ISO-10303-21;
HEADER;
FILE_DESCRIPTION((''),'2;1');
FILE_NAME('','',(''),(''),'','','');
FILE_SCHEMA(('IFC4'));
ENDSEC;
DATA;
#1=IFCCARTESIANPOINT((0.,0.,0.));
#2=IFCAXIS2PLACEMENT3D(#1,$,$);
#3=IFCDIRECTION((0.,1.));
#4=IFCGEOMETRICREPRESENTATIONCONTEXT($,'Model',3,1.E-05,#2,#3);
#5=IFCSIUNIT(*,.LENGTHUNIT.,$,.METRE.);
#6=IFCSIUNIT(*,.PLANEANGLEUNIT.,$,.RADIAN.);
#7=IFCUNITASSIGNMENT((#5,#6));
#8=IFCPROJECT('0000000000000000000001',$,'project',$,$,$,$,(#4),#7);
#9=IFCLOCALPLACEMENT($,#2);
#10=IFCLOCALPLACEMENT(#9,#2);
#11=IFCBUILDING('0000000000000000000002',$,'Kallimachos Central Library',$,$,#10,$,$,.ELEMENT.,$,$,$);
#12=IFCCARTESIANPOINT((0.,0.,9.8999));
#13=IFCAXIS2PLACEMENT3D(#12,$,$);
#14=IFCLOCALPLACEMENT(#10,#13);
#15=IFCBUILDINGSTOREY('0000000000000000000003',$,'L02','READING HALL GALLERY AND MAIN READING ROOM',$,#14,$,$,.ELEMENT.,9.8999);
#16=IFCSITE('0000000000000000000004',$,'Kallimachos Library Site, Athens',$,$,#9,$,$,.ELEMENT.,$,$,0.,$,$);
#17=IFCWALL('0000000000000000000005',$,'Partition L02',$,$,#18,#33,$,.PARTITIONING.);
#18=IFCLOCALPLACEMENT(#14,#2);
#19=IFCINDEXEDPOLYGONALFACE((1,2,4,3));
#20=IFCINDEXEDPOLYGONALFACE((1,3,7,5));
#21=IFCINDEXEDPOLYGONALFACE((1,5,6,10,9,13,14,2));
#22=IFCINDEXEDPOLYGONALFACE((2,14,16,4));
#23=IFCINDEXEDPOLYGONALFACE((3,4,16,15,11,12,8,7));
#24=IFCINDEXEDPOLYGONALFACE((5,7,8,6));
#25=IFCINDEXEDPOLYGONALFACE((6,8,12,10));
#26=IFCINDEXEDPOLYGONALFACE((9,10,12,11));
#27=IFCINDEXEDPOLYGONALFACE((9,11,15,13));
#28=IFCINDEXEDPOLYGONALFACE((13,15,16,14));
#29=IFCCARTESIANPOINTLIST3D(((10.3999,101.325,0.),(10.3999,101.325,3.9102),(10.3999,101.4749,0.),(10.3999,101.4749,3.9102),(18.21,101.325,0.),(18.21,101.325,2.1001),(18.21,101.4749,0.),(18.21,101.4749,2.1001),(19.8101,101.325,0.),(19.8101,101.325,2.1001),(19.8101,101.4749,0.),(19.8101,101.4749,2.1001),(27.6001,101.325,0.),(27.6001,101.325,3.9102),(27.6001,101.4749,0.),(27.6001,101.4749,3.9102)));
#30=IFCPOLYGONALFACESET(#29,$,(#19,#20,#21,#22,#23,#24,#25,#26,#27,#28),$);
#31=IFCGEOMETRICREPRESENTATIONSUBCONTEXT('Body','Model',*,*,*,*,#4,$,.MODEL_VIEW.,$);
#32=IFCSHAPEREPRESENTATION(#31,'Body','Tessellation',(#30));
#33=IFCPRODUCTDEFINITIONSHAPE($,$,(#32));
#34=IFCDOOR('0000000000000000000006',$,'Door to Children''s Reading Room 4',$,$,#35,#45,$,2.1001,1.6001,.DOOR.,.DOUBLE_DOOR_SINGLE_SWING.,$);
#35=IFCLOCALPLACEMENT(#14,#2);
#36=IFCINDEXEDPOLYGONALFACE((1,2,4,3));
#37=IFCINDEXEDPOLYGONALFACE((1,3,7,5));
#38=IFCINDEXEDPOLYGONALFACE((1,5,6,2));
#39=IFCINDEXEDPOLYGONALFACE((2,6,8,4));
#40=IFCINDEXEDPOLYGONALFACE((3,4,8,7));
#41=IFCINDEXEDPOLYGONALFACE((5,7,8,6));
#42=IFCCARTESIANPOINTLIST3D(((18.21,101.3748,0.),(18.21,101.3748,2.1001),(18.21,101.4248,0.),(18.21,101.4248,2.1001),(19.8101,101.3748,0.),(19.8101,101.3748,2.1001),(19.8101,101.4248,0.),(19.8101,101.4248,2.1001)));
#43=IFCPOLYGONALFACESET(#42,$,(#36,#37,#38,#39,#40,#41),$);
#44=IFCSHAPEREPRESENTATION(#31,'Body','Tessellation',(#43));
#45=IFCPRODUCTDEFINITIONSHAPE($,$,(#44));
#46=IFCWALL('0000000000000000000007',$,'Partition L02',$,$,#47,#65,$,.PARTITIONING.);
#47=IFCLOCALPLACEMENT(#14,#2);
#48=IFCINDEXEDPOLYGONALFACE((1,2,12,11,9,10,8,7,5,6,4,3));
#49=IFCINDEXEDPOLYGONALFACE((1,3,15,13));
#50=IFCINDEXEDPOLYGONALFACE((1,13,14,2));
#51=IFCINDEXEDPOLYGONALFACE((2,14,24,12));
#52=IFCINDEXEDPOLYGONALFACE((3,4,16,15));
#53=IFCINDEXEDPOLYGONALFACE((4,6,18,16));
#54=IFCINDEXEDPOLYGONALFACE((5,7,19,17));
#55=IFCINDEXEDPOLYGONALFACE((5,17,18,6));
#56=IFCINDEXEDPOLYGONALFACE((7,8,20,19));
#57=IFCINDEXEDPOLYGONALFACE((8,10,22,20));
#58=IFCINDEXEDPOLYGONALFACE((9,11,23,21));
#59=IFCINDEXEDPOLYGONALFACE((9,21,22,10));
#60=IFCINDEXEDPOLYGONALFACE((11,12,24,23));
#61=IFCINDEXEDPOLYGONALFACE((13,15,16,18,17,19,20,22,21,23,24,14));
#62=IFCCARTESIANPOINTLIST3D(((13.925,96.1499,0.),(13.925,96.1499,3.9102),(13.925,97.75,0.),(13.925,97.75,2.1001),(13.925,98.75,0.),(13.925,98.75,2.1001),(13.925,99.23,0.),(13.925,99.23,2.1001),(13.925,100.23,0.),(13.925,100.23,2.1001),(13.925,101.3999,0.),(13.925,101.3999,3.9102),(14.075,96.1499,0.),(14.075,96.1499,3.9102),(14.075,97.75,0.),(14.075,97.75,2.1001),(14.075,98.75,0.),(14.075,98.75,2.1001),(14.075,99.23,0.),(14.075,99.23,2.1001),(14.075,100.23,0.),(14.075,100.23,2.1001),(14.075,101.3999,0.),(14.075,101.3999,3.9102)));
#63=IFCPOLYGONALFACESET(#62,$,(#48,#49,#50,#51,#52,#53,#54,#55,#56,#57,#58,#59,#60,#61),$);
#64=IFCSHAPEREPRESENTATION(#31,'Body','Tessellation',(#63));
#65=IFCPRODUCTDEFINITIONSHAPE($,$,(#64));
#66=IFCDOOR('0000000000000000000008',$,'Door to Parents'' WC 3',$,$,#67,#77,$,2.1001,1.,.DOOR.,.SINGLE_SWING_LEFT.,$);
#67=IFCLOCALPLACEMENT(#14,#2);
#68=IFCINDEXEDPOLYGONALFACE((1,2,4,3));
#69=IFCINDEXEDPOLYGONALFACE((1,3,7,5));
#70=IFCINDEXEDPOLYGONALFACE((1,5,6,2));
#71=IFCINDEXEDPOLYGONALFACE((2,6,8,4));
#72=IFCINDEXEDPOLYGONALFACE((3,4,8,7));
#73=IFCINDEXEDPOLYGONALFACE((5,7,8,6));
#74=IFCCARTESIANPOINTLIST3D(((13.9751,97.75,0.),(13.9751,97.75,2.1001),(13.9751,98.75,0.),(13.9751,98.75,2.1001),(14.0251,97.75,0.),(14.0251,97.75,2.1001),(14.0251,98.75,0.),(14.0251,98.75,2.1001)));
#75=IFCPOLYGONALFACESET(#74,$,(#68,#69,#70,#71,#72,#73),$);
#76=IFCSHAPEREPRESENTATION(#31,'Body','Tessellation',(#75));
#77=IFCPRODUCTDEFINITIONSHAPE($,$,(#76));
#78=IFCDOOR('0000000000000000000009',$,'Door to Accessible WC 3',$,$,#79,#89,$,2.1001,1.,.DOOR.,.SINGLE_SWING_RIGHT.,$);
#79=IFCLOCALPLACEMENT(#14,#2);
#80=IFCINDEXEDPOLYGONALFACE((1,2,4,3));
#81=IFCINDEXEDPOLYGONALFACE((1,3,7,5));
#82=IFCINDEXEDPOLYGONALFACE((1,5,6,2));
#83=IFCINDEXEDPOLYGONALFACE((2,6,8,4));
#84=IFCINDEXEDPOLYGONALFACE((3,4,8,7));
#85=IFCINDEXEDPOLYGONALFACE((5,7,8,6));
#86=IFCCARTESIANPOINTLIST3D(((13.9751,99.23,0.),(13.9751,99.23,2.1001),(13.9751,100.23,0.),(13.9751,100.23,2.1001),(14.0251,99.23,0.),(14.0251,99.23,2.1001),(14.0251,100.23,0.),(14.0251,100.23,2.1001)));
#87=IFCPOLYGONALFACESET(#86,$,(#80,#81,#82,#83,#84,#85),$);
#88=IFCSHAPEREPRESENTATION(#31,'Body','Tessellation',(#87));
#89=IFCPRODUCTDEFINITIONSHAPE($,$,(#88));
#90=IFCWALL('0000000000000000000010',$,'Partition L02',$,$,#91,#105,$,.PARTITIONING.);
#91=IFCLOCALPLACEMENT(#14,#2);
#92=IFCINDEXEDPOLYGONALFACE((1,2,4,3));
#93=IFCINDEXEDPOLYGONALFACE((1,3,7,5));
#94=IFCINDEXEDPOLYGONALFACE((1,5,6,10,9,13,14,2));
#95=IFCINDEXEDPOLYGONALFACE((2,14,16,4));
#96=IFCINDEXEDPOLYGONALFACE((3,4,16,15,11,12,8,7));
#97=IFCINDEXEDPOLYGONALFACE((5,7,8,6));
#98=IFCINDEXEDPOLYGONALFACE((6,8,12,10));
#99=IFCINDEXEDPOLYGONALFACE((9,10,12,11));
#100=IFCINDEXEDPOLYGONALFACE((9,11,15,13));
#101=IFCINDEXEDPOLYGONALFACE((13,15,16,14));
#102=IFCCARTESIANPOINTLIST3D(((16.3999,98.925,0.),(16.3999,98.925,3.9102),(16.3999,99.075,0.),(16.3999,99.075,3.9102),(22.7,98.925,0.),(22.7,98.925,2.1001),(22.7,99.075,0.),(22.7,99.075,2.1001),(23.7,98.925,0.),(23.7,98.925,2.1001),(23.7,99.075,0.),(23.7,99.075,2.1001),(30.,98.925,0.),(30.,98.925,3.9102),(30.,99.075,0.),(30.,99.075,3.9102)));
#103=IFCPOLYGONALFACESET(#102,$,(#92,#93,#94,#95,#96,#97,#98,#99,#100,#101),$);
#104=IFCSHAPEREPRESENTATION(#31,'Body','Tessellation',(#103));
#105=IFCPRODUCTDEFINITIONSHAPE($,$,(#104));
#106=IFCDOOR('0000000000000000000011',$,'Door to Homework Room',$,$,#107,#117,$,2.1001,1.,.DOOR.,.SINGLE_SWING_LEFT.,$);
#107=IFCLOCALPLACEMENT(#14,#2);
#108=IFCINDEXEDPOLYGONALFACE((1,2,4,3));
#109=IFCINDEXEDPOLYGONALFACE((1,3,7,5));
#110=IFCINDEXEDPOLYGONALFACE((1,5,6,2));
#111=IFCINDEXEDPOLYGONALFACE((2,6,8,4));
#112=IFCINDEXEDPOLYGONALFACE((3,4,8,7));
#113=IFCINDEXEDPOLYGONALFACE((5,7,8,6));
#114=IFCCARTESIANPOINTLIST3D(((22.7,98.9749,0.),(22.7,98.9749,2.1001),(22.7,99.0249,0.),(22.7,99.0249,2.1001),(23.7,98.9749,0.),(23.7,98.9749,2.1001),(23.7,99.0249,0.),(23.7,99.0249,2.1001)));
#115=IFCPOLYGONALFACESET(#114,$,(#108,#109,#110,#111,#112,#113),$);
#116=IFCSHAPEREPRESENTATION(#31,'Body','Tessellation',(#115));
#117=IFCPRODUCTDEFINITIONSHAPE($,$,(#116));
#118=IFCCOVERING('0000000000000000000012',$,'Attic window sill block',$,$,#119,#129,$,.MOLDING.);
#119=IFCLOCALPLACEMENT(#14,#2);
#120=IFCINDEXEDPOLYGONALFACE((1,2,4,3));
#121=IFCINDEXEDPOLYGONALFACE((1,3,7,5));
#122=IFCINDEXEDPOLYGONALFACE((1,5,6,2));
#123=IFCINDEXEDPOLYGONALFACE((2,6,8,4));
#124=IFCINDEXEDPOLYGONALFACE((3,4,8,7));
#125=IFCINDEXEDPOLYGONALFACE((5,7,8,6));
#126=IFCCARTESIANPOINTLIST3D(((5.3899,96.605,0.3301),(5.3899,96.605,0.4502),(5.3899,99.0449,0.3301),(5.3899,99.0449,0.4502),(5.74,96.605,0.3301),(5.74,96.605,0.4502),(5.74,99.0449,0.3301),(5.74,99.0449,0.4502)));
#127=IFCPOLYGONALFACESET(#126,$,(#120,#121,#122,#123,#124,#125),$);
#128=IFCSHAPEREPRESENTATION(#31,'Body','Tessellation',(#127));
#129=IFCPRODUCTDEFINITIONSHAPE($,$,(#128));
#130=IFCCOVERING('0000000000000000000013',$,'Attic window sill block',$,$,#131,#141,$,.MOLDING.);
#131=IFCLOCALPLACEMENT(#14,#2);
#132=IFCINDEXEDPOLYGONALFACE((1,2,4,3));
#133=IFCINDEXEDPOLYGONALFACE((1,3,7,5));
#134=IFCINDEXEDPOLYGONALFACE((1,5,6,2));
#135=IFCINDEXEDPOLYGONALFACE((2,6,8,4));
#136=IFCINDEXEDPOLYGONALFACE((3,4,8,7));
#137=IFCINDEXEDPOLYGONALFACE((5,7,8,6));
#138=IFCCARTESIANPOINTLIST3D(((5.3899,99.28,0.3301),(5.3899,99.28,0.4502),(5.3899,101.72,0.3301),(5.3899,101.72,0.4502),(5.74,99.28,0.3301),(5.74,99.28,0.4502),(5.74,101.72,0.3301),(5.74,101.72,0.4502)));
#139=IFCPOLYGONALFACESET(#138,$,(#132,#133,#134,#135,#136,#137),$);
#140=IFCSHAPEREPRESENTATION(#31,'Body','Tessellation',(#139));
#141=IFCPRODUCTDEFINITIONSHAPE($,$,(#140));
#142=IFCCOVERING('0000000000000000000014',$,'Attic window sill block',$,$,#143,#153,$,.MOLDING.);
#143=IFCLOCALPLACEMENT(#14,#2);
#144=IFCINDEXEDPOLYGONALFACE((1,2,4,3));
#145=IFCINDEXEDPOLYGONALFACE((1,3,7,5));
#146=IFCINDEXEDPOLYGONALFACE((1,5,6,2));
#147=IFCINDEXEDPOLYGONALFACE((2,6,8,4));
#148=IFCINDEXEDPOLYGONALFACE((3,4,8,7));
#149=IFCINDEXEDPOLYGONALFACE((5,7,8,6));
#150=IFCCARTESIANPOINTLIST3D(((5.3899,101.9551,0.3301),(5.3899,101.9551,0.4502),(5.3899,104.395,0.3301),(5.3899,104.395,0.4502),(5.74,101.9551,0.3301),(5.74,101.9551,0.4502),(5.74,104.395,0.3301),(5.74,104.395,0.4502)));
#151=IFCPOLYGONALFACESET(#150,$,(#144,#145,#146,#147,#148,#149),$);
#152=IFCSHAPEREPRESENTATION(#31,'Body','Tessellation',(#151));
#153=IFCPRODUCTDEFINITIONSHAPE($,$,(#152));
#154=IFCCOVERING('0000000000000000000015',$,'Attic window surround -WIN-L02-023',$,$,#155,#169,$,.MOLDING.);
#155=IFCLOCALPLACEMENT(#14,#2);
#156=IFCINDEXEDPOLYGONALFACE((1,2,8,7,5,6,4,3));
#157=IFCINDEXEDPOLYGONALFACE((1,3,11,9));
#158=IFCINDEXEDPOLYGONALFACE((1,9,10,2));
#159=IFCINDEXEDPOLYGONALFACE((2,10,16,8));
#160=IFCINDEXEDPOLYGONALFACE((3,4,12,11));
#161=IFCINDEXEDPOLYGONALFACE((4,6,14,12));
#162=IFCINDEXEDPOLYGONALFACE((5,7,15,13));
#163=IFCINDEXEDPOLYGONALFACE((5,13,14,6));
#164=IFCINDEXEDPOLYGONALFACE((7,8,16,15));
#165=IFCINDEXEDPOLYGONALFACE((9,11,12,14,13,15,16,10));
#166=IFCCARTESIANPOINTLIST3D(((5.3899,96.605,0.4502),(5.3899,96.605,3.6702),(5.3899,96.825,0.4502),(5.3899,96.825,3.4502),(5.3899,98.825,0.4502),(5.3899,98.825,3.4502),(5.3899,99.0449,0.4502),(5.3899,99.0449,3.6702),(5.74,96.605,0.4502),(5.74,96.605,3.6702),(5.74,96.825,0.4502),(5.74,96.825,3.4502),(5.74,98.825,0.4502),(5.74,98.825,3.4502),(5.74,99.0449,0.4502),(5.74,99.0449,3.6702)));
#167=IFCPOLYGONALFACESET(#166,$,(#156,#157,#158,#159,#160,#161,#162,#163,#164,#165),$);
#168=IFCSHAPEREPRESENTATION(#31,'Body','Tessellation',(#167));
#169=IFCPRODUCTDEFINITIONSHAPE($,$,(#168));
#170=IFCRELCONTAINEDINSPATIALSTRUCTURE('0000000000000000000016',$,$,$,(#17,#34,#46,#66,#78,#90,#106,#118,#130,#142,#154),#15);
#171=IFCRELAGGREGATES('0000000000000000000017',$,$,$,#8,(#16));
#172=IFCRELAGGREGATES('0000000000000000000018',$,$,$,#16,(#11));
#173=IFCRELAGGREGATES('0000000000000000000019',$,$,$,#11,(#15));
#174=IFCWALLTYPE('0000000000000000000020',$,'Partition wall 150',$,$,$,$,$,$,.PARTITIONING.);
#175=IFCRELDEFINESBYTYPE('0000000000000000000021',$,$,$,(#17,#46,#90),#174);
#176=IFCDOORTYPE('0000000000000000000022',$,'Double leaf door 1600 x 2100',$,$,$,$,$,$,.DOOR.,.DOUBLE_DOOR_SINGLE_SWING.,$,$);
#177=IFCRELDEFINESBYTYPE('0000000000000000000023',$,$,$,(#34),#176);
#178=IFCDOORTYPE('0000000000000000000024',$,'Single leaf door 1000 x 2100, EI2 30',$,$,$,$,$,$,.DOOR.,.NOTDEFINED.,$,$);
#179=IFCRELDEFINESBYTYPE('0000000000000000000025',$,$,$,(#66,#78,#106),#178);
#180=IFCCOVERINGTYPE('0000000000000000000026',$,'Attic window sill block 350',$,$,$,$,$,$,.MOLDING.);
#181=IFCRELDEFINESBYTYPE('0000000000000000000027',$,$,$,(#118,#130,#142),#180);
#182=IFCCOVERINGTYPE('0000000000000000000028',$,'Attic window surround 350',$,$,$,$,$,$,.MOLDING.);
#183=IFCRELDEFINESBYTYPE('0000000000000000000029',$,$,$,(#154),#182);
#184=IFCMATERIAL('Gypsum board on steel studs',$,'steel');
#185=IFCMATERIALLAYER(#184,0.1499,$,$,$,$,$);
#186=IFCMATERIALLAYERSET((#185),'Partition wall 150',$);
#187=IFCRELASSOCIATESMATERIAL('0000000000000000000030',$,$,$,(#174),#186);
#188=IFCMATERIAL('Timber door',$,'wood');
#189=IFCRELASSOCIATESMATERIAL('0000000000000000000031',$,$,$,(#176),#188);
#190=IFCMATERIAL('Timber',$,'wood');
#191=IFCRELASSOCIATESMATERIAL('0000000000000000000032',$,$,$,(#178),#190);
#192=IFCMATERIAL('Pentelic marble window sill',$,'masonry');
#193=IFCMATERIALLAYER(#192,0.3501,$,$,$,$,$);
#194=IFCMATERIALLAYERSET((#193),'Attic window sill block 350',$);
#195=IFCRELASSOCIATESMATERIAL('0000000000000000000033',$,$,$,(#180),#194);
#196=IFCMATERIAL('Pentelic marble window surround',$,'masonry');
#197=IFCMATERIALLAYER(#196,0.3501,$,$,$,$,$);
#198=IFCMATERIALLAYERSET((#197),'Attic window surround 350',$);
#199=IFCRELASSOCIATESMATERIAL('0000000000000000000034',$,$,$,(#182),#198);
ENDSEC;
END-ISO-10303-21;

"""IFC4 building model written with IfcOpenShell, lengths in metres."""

from ifc_helpers import new_model, si_unit, direction, frame, frame_2d, origin, origin_2d, place, context, subcontext, project, spatial, polyline, rectangle, outline, extrude, material, layer, layer_set, type_object, element, fill, save


model = new_model("IFC4")

# Units and contexts
model_context = context("Model", 3, precision=1e-05, world=origin(), true_north=direction((0.0, 1.0)))
body_context = subcontext(model_context, "Body", "Model", "MODEL_VIEW")
ifc_project = project(units=[si_unit("LENGTHUNIT", "METRE"), si_unit("PLANEANGLEUNIT", "RADIAN")], contexts=[model_context])

# Site, building, storey
site_placement = place(None, origin())
site = spatial("IfcSite", under=ifc_project, at=site_placement, Name="Kallimachos Library Site, Athens", CompositionType="ELEMENT", RefElevation=0.0)
building_placement = place(site_placement, origin())
building = spatial("IfcBuilding", under=site, at=building_placement, Name="Kallimachos Central Library", CompositionType="ELEMENT")
storey_placement = place(building_placement, frame((0.0, 0.0, 9.8999)))
storey = spatial("IfcBuildingStorey", under=building, at=storey_placement, Name="L02", Description="READING HALL GALLERY AND MAIN READING ROOM", CompositionType="ELEMENT", Elevation=9.8999)

# Shared definitions
ifc_material_1 = material(Name="Gypsum board on steel studs", Category="steel")
ifc_layer_1 = layer(ifc_material_1, 0.1499)
ifc_layer_set_1 = layer_set([ifc_layer_1], Name="Partition wall 150")
wall_type = type_object("IfcWallType", Name="Partition wall 150", PredefinedType="PARTITIONING", material=ifc_layer_set_1)

# Wall, opening, door
wall_1_placement = place(storey_placement, frame((10.3999, 101.3999, 0.0), z_axis=(0.0, 0.0, 1.0), x_axis=(1.0, 0.0, 0.0)))
wall_1 = element("IfcWall", 1, at=wall_1_placement, inside=storey, type_object=wall_type, Name="Partition L02", PredefinedType="PARTITIONING", context=body_context, shape_type="SweptSolid", body=[
    extrude(rectangle(XDim=17.2002, YDim=0.1499, at=frame_2d((8.6001, 0.0))), origin(), (0.0, 0.0, 1.0), 3.9102),
])
opening_1_placement = place(wall_1_placement, frame((7.8101, 0.0, 0.0)))
opening_1 = element("IfcOpeningElement", 2, at=opening_1_placement, cuts=wall_1, PredefinedType="OPENING", context=body_context, shape_type="SweptSolid", body=[
    extrude(rectangle(XDim=1.6001, YDim=2.1001, at=frame_2d((0.8, 1.05))), frame((0.0, 0.085, 0.0), z_axis=(0.0, -1.0, 0.0), x_axis=(1.0, 0.0, 0.0)), (0.0, 0.0, 1.0), 0.1699),
])
ifc_material_2 = material(Name="Timber door", Category="wood")
door_type_1 = type_object("IfcDoorType", Name="Double leaf door 1600 x 2100", OperationType="DOUBLE_DOOR_SINGLE_SWING", PredefinedType="DOOR", material=ifc_material_2)
door_1_placement = place(opening_1_placement, origin())
door_1 = element("IfcDoor", 3, at=door_1_placement, inside=storey, type_object=door_type_1, Name="Door to Children's Reading Room 4", OperationType="DOUBLE_DOOR_SINGLE_SWING", OverallHeight=2.1001, OverallWidth=1.6001, PredefinedType="DOOR", context=body_context, shape_type="SweptSolid", body=[
    extrude(rectangle(XDim=1.6001, YDim=2.1001, at=frame_2d((0.8, 1.05))), frame((0.0, 0.0249, 0.0), z_axis=(0.0, -1.0, 0.0), x_axis=(1.0, 0.0, 0.0)), (0.0, 0.0, 1.0), 0.05),
])
fill(opening_1, door_1)

# Wall, openings, doors
wall_2_placement = place(storey_placement, frame((14.0, 96.1499, 0.0), z_axis=(0.0, 0.0, 1.0), x_axis=(0.0, 1.0, 0.0)))
wall_2 = element("IfcWall", 4, at=wall_2_placement, inside=storey, type_object=wall_type, Name="Partition L02", PredefinedType="PARTITIONING", context=body_context, shape_type="SweptSolid", body=[
    extrude(rectangle(XDim=5.25, YDim=0.1499, at=frame_2d((2.625, 0.0))), origin(), (0.0, 0.0, 1.0), 3.9102),
])
opening_2_placement = place(wall_2_placement, frame((1.6001, 0.0, 0.0)))
opening_2 = element("IfcOpeningElement", 5, at=opening_2_placement, cuts=wall_2, PredefinedType="OPENING", context=body_context, shape_type="SweptSolid", body=[
    extrude(rectangle(XDim=1.0, YDim=2.1001, at=frame_2d((0.5, 1.05))), frame((0.0, 0.085, 0.0), z_axis=(0.0, -1.0, 0.0), x_axis=(1.0, 0.0, 0.0)), (0.0, 0.0, 1.0), 0.1699),
])
opening_3_placement = place(wall_2_placement, frame((3.0801, 0.0, 0.0)))
opening_3 = element("IfcOpeningElement", 6, at=opening_3_placement, cuts=wall_2, PredefinedType="OPENING", context=body_context, shape_type="SweptSolid", body=[
    extrude(rectangle(XDim=1.0, YDim=2.1001, at=frame_2d((0.5, 1.05))), frame((0.0, 0.085, 0.0), z_axis=(0.0, -1.0, 0.0), x_axis=(1.0, 0.0, 0.0)), (0.0, 0.0, 1.0), 0.1699),
])
ifc_material_3 = material(Name="Timber", Category="wood")
door_type_2 = type_object("IfcDoorType", Name="Single leaf door 1000 x 2100, EI2 30", OperationType="NOTDEFINED", PredefinedType="DOOR", material=ifc_material_3)
door_2_placement = place(opening_2_placement, origin())
door_2 = element("IfcDoor", 7, at=door_2_placement, inside=storey, type_object=door_type_2, Name="Door to Parents' WC 3", OperationType="SINGLE_SWING_LEFT", OverallHeight=2.1001, OverallWidth=1.0, PredefinedType="DOOR", context=body_context, shape_type="SweptSolid", body=[
    extrude(rectangle(XDim=1.0, YDim=2.1001, at=frame_2d((0.5, 1.05))), frame((0.0, 0.0249, 0.0), z_axis=(0.0, -1.0, 0.0), x_axis=(1.0, 0.0, 0.0)), (0.0, 0.0, 1.0), 0.05),
])
fill(opening_2, door_2)
door_3_placement = place(opening_3_placement, origin())
door_3 = element("IfcDoor", 8, at=door_3_placement, inside=storey, type_object=door_type_2, Name="Door to Accessible WC 3", OperationType="SINGLE_SWING_RIGHT", OverallHeight=2.1001, OverallWidth=1.0, PredefinedType="DOOR", context=body_context, shape_type="SweptSolid", body=[
    extrude(rectangle(XDim=1.0, YDim=2.1001, at=frame_2d((0.5, 1.05))), frame((0.0, 0.0249, 0.0), z_axis=(0.0, -1.0, 0.0), x_axis=(1.0, 0.0, 0.0)), (0.0, 0.0, 1.0), 0.05),
])
fill(opening_3, door_3)

# Wall, opening, door
wall_3_placement = place(storey_placement, frame((16.3999, 99.0, 0.0), z_axis=(0.0, 0.0, 1.0), x_axis=(1.0, 0.0, 0.0)))
wall_3 = element("IfcWall", 9, at=wall_3_placement, inside=storey, type_object=wall_type, Name="Partition L02", PredefinedType="PARTITIONING", context=body_context, shape_type="SweptSolid", body=[
    extrude(rectangle(XDim=13.6001, YDim=0.1499, at=frame_2d((6.8, 0.0))), origin(), (0.0, 0.0, 1.0), 3.9102),
])
opening_4_placement = place(wall_3_placement, frame((6.3, 0.0, 0.0)))
opening_4 = element("IfcOpeningElement", 10, at=opening_4_placement, cuts=wall_3, PredefinedType="OPENING", context=body_context, shape_type="SweptSolid", body=[
    extrude(rectangle(XDim=1.0, YDim=2.1001, at=frame_2d((0.5, 1.05))), frame((0.0, 0.085, 0.0), z_axis=(0.0, -1.0, 0.0), x_axis=(1.0, 0.0, 0.0)), (0.0, 0.0, 1.0), 0.1699),
])
door_4_placement = place(opening_4_placement, origin())
door_4 = element("IfcDoor", 11, at=door_4_placement, inside=storey, type_object=door_type_2, Name="Door to Homework Room", OperationType="SINGLE_SWING_LEFT", OverallHeight=2.1001, OverallWidth=1.0, PredefinedType="DOOR", context=body_context, shape_type="SweptSolid", body=[
    extrude(rectangle(XDim=1.0, YDim=2.1001, at=frame_2d((0.5, 1.05))), frame((0.0, 0.0249, 0.0), z_axis=(0.0, -1.0, 0.0), x_axis=(1.0, 0.0, 0.0)), (0.0, 0.0, 1.0), 0.05),
])
fill(opening_4, door_4)

# Coverings
ifc_material_4 = material(Name="Pentelic marble window sill", Category="masonry")
ifc_layer_2 = layer(ifc_material_4, 0.3501)
ifc_layer_set_2 = layer_set([ifc_layer_2], Name="Attic window sill block 350")
covering_type_1 = type_object("IfcCoveringType", Name="Attic window sill block 350", PredefinedType="MOLDING", material=ifc_layer_set_2)
for number, where, z_axis, x_axis, name in (
    (12, (5.5649, 97.825, 0.3301), (0.0, 0.0, 1.0), (1.0, 0.0, 0.0), "Attic window sill block"),
    (13, (5.5649, 100.5, 0.3301), (0.0, 0.0, 1.0), (1.0, 0.0, 0.0), "Attic window sill block"),
    (14, (5.5649, 103.175, 0.3301), (0.0, 0.0, 1.0), (1.0, 0.0, 0.0), "Attic window sill block"),
):
    element("IfcCovering", number, at=place(storey_placement, frame(where, z_axis=z_axis, x_axis=x_axis)), inside=storey, type_object=covering_type_1, Name=name, PredefinedType="MOLDING", context=body_context, shape_type="SweptSolid", body=[
        extrude(rectangle(XDim=0.3501, YDim=2.4399, at=origin_2d()), origin(), (0.0, 0.0, 1.0), 0.1201),
    ])
ifc_material_5 = material(Name="Pentelic marble window surround", Category="masonry")
ifc_layer_3 = layer(ifc_material_5, 0.3501)
ifc_layer_set_3 = layer_set([ifc_layer_3], Name="Attic window surround 350")
covering_type_2 = type_object("IfcCoveringType", Name="Attic window surround 350", PredefinedType="MOLDING", material=ifc_layer_set_3)
for number, where, z_axis, x_axis, name in (
    (15, (5.3899, 96.605, 0.4502), (-1.0, 0.0, 0.0), (0.0, 0.0, 1.0), "Attic window surround -WIN-L02-023"),
):
    element("IfcCovering", number, at=place(storey_placement, frame(where, z_axis=z_axis, x_axis=x_axis)), inside=storey, type_object=covering_type_2, Name=name, PredefinedType="MOLDING", context=body_context, shape_type="SweptSolid", body=[
        extrude(outline(polyline([(0.0, 0.0), (3.22, 0.0), (3.22, 2.4399), (0.0, 2.4399), (0.0, 2.22), (3.0, 2.22), (3.0, 0.22), (0.0, 0.22), (0.0, 0.0)])), origin(), (0.0, 0.0, -1.0), 0.3501),
    ])

save(model, "model.ifc")
